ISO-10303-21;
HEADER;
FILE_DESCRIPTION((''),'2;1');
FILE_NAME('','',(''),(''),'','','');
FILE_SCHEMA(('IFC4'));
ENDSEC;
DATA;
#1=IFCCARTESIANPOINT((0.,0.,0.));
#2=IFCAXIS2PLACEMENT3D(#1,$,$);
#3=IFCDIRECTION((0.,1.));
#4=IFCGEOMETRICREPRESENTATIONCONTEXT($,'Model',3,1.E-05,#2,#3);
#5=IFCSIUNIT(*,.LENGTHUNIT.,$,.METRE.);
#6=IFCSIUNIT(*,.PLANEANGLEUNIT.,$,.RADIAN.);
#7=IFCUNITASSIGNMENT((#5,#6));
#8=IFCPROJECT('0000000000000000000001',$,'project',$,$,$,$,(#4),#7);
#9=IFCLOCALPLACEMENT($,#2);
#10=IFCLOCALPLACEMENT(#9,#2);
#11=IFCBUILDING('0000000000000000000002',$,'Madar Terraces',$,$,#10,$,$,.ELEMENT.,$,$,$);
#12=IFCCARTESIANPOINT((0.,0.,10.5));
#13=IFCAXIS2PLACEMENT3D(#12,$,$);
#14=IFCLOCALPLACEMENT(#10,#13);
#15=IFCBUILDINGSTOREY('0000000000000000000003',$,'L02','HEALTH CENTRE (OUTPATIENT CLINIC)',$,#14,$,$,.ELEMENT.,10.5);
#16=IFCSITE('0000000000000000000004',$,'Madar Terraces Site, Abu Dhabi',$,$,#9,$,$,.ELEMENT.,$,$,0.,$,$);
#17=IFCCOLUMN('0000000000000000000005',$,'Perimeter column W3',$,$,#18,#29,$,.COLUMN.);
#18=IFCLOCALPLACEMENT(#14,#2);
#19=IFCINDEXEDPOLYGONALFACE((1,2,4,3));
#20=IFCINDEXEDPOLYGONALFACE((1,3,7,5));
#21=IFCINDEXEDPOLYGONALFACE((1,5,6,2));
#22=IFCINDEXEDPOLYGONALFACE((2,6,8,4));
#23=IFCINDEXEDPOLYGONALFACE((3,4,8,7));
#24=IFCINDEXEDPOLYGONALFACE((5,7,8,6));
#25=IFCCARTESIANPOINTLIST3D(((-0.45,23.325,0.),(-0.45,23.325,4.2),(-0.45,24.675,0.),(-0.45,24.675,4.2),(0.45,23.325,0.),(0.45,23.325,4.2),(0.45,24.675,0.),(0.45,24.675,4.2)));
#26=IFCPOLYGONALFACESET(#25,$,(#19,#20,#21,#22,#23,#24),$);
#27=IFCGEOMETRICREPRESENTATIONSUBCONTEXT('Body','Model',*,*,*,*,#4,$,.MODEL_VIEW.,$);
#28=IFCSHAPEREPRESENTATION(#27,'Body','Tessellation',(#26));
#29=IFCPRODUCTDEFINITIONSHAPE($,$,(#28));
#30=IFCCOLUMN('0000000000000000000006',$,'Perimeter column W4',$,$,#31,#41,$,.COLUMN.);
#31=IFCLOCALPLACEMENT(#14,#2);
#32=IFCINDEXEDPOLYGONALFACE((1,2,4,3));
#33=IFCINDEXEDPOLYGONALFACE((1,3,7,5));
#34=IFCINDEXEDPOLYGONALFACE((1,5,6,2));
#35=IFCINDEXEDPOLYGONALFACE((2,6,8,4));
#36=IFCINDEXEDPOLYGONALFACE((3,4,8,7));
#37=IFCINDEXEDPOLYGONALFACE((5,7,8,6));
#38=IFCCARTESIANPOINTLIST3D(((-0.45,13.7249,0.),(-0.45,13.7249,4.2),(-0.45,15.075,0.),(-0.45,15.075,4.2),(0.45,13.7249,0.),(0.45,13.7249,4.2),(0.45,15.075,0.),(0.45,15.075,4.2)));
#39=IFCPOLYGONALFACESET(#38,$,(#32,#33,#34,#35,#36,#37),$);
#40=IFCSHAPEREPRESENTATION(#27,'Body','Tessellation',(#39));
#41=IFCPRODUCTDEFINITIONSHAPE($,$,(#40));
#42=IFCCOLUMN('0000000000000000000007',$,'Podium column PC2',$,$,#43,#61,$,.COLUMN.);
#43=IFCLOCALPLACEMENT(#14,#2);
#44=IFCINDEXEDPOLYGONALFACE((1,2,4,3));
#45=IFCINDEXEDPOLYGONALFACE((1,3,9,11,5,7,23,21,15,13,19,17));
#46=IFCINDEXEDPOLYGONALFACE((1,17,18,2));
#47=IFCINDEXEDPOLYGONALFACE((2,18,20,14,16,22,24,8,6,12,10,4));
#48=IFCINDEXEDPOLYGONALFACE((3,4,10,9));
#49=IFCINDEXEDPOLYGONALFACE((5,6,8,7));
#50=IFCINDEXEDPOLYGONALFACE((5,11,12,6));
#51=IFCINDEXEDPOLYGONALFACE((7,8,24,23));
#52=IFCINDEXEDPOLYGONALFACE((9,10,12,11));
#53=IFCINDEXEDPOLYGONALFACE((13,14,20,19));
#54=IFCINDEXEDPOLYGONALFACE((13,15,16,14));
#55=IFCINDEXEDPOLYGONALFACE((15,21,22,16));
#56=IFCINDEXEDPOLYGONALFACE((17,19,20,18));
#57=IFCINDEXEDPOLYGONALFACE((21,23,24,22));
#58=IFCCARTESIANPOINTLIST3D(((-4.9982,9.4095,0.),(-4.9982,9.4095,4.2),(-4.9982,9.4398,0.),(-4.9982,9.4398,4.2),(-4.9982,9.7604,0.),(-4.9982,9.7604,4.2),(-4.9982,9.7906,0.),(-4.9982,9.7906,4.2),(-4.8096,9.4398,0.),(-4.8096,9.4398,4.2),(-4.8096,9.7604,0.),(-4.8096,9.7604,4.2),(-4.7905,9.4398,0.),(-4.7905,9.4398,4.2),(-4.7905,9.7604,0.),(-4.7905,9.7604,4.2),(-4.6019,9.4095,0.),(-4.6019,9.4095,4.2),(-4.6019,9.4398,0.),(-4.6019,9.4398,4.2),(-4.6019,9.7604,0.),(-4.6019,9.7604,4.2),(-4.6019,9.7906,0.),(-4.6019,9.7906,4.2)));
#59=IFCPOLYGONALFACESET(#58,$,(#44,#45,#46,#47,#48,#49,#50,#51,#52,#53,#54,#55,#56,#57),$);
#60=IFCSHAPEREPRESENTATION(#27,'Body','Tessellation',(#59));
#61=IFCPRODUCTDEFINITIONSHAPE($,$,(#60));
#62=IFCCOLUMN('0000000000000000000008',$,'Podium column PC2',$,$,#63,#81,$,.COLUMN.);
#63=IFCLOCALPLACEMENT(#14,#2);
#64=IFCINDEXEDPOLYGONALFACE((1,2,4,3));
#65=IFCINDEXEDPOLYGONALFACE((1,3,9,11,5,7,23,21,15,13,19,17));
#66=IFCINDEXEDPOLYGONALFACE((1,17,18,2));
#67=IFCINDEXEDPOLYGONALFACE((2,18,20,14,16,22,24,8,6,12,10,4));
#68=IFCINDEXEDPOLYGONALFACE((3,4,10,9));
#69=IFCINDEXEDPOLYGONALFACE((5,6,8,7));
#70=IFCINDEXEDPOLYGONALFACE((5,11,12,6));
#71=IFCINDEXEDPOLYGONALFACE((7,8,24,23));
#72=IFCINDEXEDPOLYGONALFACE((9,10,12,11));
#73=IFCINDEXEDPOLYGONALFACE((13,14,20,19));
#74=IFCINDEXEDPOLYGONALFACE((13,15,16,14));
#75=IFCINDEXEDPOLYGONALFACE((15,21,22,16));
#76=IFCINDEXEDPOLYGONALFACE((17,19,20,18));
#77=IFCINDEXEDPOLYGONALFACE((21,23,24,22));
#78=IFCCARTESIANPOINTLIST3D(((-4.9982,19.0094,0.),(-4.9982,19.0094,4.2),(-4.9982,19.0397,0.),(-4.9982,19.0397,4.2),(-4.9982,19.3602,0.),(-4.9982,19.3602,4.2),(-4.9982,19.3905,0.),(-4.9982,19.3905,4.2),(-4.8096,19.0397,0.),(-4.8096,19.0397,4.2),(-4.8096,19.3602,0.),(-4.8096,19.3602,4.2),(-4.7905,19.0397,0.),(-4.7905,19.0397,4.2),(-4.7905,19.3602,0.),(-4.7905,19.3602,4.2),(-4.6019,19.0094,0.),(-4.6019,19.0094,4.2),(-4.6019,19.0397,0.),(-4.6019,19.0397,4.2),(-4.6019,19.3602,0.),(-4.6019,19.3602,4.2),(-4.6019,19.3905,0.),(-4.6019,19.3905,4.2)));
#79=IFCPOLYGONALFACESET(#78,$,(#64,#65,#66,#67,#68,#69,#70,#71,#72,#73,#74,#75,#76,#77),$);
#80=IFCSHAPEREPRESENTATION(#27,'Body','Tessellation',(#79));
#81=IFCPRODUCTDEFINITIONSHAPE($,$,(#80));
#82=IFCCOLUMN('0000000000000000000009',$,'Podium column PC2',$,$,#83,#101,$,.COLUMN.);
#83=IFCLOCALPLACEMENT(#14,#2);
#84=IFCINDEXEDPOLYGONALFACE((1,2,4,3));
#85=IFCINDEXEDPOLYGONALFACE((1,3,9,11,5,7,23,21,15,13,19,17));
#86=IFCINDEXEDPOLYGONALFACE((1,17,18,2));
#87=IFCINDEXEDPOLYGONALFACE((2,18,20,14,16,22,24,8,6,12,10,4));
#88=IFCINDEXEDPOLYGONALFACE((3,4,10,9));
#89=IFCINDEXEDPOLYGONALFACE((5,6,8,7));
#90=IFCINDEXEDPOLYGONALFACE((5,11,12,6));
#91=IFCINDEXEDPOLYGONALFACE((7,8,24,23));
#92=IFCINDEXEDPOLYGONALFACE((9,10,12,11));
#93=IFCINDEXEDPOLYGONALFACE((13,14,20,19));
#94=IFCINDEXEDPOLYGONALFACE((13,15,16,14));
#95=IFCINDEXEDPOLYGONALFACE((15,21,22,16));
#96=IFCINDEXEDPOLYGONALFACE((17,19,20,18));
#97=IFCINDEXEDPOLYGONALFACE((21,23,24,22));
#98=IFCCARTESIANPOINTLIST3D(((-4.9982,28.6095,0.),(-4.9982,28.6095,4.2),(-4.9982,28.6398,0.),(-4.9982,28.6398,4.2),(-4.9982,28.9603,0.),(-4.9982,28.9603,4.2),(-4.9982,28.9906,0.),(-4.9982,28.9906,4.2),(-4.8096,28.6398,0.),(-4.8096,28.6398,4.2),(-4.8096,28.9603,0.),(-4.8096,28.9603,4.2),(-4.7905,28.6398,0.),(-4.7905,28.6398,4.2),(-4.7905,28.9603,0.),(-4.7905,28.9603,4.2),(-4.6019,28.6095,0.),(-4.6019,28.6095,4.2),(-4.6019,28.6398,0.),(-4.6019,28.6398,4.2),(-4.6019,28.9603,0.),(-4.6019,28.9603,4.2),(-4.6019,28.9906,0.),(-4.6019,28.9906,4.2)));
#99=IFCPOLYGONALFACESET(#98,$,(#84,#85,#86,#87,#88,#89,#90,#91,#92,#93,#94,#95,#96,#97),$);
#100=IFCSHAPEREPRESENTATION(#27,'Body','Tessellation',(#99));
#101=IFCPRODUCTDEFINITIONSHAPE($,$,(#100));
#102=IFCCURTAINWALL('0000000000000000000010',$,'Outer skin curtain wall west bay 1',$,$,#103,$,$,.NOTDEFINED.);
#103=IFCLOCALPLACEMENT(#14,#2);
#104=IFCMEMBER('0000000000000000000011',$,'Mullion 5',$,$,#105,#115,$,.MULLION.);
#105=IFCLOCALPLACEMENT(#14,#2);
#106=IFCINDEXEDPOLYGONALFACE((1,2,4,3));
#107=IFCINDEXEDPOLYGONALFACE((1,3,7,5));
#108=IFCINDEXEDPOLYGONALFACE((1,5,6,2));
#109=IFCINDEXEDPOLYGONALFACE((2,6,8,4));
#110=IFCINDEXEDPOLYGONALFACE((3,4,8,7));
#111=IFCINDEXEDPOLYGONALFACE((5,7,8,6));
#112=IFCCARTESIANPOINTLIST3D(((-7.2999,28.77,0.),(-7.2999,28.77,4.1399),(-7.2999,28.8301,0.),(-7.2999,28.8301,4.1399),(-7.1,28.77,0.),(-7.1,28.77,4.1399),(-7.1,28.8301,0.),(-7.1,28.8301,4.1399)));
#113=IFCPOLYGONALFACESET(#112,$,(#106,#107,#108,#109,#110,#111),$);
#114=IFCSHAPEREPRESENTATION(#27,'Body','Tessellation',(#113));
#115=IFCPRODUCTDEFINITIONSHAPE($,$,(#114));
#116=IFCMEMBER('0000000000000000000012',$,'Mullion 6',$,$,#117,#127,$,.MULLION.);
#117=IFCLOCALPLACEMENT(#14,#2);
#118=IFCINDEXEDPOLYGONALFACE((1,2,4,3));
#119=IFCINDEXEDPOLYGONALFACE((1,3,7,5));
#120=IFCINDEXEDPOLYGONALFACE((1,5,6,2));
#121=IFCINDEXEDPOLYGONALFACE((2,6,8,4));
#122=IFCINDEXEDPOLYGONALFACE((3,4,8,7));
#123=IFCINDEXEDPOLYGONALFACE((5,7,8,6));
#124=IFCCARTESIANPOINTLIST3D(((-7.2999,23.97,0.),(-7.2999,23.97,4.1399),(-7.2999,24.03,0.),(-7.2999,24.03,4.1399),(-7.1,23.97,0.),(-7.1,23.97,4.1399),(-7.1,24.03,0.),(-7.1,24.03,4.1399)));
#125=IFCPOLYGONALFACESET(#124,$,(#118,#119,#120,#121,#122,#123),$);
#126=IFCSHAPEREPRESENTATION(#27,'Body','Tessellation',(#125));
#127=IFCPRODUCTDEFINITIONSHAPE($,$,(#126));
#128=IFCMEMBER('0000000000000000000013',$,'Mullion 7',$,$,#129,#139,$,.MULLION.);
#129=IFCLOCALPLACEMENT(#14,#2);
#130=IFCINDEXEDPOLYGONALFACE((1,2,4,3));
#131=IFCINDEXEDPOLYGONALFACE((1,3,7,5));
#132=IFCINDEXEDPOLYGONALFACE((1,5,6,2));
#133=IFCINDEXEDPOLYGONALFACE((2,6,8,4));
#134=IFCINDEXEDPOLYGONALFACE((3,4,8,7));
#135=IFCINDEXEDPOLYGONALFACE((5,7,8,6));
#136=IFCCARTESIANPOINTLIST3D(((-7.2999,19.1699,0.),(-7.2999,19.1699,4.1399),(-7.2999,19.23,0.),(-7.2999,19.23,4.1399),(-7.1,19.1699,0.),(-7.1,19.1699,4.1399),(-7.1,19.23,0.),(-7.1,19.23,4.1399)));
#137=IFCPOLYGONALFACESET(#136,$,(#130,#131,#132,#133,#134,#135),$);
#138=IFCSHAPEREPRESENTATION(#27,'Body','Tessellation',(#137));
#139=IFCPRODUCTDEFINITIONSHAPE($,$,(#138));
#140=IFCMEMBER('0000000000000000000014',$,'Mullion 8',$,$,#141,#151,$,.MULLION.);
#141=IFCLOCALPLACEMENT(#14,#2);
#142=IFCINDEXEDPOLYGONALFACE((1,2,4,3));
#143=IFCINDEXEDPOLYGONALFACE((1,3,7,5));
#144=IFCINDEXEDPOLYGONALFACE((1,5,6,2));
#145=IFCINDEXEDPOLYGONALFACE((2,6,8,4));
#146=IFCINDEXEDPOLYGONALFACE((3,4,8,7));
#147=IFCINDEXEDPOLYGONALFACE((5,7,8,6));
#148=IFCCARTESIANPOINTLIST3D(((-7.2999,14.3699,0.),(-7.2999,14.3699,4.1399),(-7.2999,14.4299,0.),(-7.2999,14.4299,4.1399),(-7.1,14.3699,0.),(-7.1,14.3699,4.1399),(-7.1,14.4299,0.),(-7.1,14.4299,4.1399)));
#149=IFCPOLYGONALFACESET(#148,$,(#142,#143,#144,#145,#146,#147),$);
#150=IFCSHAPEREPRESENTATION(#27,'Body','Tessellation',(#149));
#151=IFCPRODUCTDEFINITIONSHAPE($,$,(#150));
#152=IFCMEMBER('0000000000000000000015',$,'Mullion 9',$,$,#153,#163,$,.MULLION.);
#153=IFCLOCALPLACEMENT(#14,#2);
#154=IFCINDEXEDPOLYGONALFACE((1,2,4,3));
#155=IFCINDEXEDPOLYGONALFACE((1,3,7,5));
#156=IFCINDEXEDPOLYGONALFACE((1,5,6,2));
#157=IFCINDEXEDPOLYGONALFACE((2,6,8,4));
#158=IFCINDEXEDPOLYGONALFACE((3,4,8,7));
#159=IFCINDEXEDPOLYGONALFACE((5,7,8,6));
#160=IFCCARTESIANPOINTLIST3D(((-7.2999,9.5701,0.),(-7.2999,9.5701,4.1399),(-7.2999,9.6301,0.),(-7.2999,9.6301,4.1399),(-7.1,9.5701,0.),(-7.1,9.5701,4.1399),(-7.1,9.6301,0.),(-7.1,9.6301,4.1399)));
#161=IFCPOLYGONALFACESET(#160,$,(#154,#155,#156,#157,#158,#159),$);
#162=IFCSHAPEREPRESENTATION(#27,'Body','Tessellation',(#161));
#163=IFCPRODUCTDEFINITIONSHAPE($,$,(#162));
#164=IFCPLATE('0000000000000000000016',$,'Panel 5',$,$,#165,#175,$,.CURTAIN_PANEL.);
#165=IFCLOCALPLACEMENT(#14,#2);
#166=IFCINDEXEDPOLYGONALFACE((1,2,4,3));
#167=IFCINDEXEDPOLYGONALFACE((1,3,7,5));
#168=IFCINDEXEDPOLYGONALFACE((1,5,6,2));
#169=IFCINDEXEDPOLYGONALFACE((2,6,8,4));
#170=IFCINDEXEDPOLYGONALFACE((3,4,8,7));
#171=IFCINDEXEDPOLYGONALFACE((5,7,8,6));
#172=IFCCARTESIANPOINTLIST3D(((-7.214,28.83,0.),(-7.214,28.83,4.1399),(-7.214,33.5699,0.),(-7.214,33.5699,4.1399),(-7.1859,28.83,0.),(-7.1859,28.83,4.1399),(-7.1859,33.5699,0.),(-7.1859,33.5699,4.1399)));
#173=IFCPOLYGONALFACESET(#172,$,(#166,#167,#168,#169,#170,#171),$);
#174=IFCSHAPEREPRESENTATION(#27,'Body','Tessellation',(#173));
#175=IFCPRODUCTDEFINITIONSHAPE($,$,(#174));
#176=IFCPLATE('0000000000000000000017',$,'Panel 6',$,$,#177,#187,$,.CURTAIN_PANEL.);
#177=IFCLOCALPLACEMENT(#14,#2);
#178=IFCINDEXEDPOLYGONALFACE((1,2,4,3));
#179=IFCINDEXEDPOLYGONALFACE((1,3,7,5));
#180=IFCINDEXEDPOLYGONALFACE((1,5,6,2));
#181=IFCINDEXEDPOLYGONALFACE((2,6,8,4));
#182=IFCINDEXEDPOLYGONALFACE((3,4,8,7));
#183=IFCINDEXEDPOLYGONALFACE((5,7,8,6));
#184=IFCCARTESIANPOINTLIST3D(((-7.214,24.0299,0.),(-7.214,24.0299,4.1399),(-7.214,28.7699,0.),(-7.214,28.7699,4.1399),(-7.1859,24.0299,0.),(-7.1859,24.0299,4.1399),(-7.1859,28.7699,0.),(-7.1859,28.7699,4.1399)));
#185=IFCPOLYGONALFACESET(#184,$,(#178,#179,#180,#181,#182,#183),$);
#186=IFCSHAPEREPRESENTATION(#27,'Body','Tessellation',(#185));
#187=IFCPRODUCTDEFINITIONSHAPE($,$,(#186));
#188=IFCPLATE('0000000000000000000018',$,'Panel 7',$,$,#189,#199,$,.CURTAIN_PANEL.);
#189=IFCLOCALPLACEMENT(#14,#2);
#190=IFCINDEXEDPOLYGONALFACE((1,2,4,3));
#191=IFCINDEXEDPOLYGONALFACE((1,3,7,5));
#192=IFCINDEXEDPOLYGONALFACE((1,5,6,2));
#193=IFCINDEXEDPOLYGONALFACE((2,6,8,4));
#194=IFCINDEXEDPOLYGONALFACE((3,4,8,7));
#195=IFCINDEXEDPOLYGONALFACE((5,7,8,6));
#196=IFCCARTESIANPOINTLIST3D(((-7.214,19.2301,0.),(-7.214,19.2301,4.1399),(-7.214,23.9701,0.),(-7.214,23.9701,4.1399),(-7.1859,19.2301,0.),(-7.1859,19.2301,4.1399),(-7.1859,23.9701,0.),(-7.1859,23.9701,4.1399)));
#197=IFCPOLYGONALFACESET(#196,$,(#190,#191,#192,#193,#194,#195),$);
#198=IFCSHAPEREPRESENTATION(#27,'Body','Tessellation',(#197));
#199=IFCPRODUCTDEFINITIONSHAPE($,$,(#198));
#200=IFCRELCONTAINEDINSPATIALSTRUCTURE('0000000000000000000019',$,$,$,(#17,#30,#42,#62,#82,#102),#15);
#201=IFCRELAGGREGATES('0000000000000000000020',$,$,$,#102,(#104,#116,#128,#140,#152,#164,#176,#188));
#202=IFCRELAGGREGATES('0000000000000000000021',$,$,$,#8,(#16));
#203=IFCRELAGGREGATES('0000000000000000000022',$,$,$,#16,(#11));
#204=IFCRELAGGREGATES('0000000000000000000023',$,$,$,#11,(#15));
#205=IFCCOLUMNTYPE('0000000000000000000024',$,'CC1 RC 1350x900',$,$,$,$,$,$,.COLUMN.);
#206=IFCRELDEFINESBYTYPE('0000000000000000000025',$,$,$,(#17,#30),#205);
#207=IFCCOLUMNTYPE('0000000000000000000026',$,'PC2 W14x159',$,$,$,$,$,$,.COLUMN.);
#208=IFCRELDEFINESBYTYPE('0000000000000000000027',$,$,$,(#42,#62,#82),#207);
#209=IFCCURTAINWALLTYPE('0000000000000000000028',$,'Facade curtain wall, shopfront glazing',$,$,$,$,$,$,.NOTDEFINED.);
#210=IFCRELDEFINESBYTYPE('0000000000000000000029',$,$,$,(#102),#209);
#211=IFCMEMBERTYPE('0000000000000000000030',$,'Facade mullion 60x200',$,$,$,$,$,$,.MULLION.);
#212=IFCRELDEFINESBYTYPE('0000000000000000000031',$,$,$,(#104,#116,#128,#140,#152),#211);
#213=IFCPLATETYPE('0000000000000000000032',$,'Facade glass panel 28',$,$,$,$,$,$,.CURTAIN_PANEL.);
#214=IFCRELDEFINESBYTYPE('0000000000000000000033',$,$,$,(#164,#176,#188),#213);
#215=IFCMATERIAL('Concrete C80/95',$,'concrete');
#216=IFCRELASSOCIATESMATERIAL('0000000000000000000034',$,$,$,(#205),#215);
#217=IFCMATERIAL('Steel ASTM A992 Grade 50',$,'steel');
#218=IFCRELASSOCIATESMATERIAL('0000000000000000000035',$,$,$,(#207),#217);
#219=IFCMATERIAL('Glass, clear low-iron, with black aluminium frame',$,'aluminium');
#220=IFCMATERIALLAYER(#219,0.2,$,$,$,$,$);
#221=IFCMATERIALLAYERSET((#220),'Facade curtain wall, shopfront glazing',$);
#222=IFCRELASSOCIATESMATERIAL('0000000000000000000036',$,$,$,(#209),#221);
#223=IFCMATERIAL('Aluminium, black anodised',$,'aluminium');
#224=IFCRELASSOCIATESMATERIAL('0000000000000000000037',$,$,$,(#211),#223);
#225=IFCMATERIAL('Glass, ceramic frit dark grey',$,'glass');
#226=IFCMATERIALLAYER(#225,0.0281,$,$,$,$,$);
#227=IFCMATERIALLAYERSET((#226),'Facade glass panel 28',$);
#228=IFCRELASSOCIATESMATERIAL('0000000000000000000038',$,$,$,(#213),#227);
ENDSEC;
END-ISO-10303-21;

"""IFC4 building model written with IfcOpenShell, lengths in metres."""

from ifc_helpers import new_model, si_unit, direction, frame, origin, origin_2d, place, context, subcontext, project, spatial, rectangle, i_section, extrude, material, layer, layer_set, material_profile, profile_set, type_object, element, aggregate, save


model = new_model("IFC4")

# Units and contexts
model_context = context("Model", 3, precision=1e-05, world=origin(), true_north=direction((0.0, 1.0)))
body_context = subcontext(model_context, "Body", "Model", "MODEL_VIEW")
ifc_project = project(units=[si_unit("LENGTHUNIT", "METRE"), si_unit("PLANEANGLEUNIT", "RADIAN")], contexts=[model_context])

# Site, building, storey
site_placement = place(None, origin())
site = spatial("IfcSite", under=ifc_project, at=site_placement, Name="Madar Terraces Site, Abu Dhabi", CompositionType="ELEMENT", RefElevation=0.0)
building_placement = place(site_placement, origin())
building = spatial("IfcBuilding", under=site, at=building_placement, Name="Madar Terraces", CompositionType="ELEMENT")
storey_placement = place(building_placement, frame((0.0, 0.0, 10.5)))
storey = spatial("IfcBuildingStorey", under=building, at=storey_placement, Name="L02", Description="HEALTH CENTRE (OUTPATIENT CLINIC)", CompositionType="ELEMENT", Elevation=10.5)

# Columns
ifc_material_1 = material(Name="Concrete C80/95", Category="concrete")
ifc_material_profile_1 = material_profile(ifc_material_1, rectangle(XDim=1.3501, YDim=0.8999, at=origin_2d()), Name="CC1 RC 1350x900")
ifc_profile_set_1 = profile_set([ifc_material_profile_1], Name="Concrete C80/95")
column_type_1 = type_object("IfcColumnType", Name="CC1 RC 1350x900", PredefinedType="COLUMN", material=ifc_profile_set_1)
for number, where, z_axis, x_axis, name in (
    (1, (0.0, 24.0, 0.0), (0.0, 0.0, 1.0), (0.0, 1.0, 0.0), "Perimeter column W3"),
    (2, (0.0, 14.3999, 0.0), (0.0, 0.0, 1.0), (0.0, 1.0, 0.0), "Perimeter column W4"),
):
    element("IfcColumn", number, at=place(storey_placement, frame(where, z_axis=z_axis, x_axis=x_axis)), inside=storey, type_object=column_type_1, Name=name, PredefinedType="COLUMN", context=body_context, shape_type="SweptSolid", body=[
        extrude(rectangle(XDim=1.3501, YDim=0.8999, at=origin_2d()), origin(), (0.0, 0.0, 1.0), 4.2),
    ])
ifc_material_2 = material(Name="Steel ASTM A992 Grade 50", Category="steel")
ifc_material_profile_2 = material_profile(ifc_material_2, i_section(OverallWidth=0.3962, OverallDepth=0.3811, WebThickness=0.019, FlangeThickness=0.0303, at=origin_2d()), Name="W14x159")
ifc_profile_set_2 = profile_set([ifc_material_profile_2], Name="Steel ASTM A992 Grade 50")
column_type_2 = type_object("IfcColumnType", Name="PC2 W14x159", PredefinedType="COLUMN", material=ifc_profile_set_2)
for number, where, z_axis, x_axis, name in (
    (3, (-4.8, 9.6001, 0.0), (0.0, 0.0, 1.0), (1.0, 0.0, 0.0), "Podium column PC2"),
    (4, (-4.8, 19.2, 0.0), (0.0, 0.0, 1.0), (1.0, 0.0, 0.0), "Podium column PC2"),
    (5, (-4.8, 28.8, 0.0), (0.0, 0.0, 1.0), (1.0, 0.0, 0.0), "Podium column PC2"),
):
    element("IfcColumn", number, at=place(storey_placement, frame(where, z_axis=z_axis, x_axis=x_axis)), inside=storey, type_object=column_type_2, Name=name, PredefinedType="COLUMN", context=body_context, shape_type="SweptSolid", body=[
        extrude(i_section(OverallWidth=0.3962, OverallDepth=0.3811, WebThickness=0.019, FlangeThickness=0.0303, at=origin_2d()), origin(), (0.0, 0.0, 1.0), 4.2),
    ])

# Curtain wall, members, plates
ifc_material_3 = material(Name="Glass, clear low-iron, with black aluminium frame", Category="aluminium")
ifc_layer_1 = layer(ifc_material_3, 0.2)
ifc_layer_set_1 = layer_set([ifc_layer_1], Name="Facade curtain wall, shopfront glazing")
curtain_wall_type = type_object("IfcCurtainWallType", Name="Facade curtain wall, shopfront glazing", PredefinedType="NOTDEFINED", material=ifc_layer_set_1)
curtain_wall_placement = place(storey_placement, origin())
curtain_wall = element("IfcCurtainWall", 6, at=curtain_wall_placement, inside=storey, type_object=curtain_wall_type, Name="Outer skin curtain wall west bay 1", PredefinedType="NOTDEFINED")
ifc_material_4 = material(Name="Aluminium, black anodised", Category="aluminium")
ifc_material_profile_3 = material_profile(ifc_material_4, rectangle(XDim=0.2, YDim=0.0601, at=origin_2d()), Name="Facade mullion 60x200")
ifc_profile_set_3 = profile_set([ifc_material_profile_3], Name="Aluminium, black anodised")
member_type = type_object("IfcMemberType", Name="Facade mullion 60x200", PredefinedType="MULLION", material=ifc_profile_set_3)
member_1_placement = place(storey_placement, frame((-7.2, 28.8, 0.0), z_axis=(0.0, 0.0, 1.0), x_axis=(1.0, 0.0, 0.0)))
member_1 = element("IfcMember", 7, at=member_1_placement, type_object=member_type, Name="Mullion 5", PredefinedType="MULLION", context=body_context, shape_type="SweptSolid", body=[
    extrude(rectangle(XDim=0.2, YDim=0.0601, at=origin_2d()), origin(), (0.0, 0.0, 1.0), 4.1399),
])
member_2_placement = place(storey_placement, frame((-7.2, 24.0, 0.0), z_axis=(0.0, 0.0, 1.0), x_axis=(1.0, 0.0, 0.0)))
member_2 = element("IfcMember", 8, at=member_2_placement, type_object=member_type, Name="Mullion 6", PredefinedType="MULLION", context=body_context, shape_type="SweptSolid", body=[
    extrude(rectangle(XDim=0.2, YDim=0.0601, at=origin_2d()), origin(), (0.0, 0.0, 1.0), 4.1399),
])
member_3_placement = place(storey_placement, frame((-7.2, 19.2, 0.0), z_axis=(0.0, 0.0, 1.0), x_axis=(1.0, 0.0, 0.0)))
member_3 = element("IfcMember", 9, at=member_3_placement, type_object=member_type, Name="Mullion 7", PredefinedType="MULLION", context=body_context, shape_type="SweptSolid", body=[
    extrude(rectangle(XDim=0.2, YDim=0.0601, at=origin_2d()), origin(), (0.0, 0.0, 1.0), 4.1399),
])
member_4_placement = place(storey_placement, frame((-7.2, 14.3999, 0.0), z_axis=(0.0, 0.0, 1.0), x_axis=(1.0, 0.0, 0.0)))
member_4 = element("IfcMember", 10, at=member_4_placement, type_object=member_type, Name="Mullion 8", PredefinedType="MULLION", context=body_context, shape_type="SweptSolid", body=[
    extrude(rectangle(XDim=0.2, YDim=0.0601, at=origin_2d()), origin(), (0.0, 0.0, 1.0), 4.1399),
])
member_5_placement = place(storey_placement, frame((-7.2, 9.6001, 0.0), z_axis=(0.0, 0.0, 1.0), x_axis=(1.0, 0.0, 0.0)))
member_5 = element("IfcMember", 11, at=member_5_placement, type_object=member_type, Name="Mullion 9", PredefinedType="MULLION", context=body_context, shape_type="SweptSolid", body=[
    extrude(rectangle(XDim=0.2, YDim=0.0601, at=origin_2d()), origin(), (0.0, 0.0, 1.0), 4.1399),
])
ifc_material_5 = material(Name="Glass, ceramic frit dark grey", Category="glass")
ifc_layer_2 = layer(ifc_material_5, 0.0281)
ifc_layer_set_2 = layer_set([ifc_layer_2], Name="Facade glass panel 28")
plate_type = type_object("IfcPlateType", Name="Facade glass panel 28", PredefinedType="CURTAIN_PANEL", material=ifc_layer_set_2)
plate_1_placement = place(storey_placement, frame((-7.2, 31.2, 0.0), z_axis=(0.0, 0.0, 1.0), x_axis=(0.0, -1.0, 0.0)))
plate_1 = element("IfcPlate", 12, at=plate_1_placement, type_object=plate_type, Name="Panel 5", PredefinedType="CURTAIN_PANEL", context=body_context, shape_type="SweptSolid", body=[
    extrude(rectangle(XDim=4.74, YDim=0.0281, at=origin_2d()), origin(), (0.0, 0.0, 1.0), 4.1399),
])
plate_2_placement = place(storey_placement, frame((-7.2, 26.3999, 0.0), z_axis=(0.0, 0.0, 1.0), x_axis=(0.0, -1.0, 0.0)))
plate_2 = element("IfcPlate", 13, at=plate_2_placement, type_object=plate_type, Name="Panel 6", PredefinedType="CURTAIN_PANEL", context=body_context, shape_type="SweptSolid", body=[
    extrude(rectangle(XDim=4.74, YDim=0.0281, at=origin_2d()), origin(), (0.0, 0.0, 1.0), 4.1399),
])
plate_3_placement = place(storey_placement, frame((-7.2, 21.6001, 0.0), z_axis=(0.0, 0.0, 1.0), x_axis=(0.0, -1.0, 0.0)))
plate_3 = element("IfcPlate", 14, at=plate_3_placement, type_object=plate_type, Name="Panel 7", PredefinedType="CURTAIN_PANEL", context=body_context, shape_type="SweptSolid", body=[
    extrude(rectangle(XDim=4.74, YDim=0.0281, at=origin_2d()), origin(), (0.0, 0.0, 1.0), 4.1399),
])
aggregate(curtain_wall, [member_1, member_2, member_3, member_4, member_5, plate_1, plate_2, plate_3])

save(model, "model.ifc")
